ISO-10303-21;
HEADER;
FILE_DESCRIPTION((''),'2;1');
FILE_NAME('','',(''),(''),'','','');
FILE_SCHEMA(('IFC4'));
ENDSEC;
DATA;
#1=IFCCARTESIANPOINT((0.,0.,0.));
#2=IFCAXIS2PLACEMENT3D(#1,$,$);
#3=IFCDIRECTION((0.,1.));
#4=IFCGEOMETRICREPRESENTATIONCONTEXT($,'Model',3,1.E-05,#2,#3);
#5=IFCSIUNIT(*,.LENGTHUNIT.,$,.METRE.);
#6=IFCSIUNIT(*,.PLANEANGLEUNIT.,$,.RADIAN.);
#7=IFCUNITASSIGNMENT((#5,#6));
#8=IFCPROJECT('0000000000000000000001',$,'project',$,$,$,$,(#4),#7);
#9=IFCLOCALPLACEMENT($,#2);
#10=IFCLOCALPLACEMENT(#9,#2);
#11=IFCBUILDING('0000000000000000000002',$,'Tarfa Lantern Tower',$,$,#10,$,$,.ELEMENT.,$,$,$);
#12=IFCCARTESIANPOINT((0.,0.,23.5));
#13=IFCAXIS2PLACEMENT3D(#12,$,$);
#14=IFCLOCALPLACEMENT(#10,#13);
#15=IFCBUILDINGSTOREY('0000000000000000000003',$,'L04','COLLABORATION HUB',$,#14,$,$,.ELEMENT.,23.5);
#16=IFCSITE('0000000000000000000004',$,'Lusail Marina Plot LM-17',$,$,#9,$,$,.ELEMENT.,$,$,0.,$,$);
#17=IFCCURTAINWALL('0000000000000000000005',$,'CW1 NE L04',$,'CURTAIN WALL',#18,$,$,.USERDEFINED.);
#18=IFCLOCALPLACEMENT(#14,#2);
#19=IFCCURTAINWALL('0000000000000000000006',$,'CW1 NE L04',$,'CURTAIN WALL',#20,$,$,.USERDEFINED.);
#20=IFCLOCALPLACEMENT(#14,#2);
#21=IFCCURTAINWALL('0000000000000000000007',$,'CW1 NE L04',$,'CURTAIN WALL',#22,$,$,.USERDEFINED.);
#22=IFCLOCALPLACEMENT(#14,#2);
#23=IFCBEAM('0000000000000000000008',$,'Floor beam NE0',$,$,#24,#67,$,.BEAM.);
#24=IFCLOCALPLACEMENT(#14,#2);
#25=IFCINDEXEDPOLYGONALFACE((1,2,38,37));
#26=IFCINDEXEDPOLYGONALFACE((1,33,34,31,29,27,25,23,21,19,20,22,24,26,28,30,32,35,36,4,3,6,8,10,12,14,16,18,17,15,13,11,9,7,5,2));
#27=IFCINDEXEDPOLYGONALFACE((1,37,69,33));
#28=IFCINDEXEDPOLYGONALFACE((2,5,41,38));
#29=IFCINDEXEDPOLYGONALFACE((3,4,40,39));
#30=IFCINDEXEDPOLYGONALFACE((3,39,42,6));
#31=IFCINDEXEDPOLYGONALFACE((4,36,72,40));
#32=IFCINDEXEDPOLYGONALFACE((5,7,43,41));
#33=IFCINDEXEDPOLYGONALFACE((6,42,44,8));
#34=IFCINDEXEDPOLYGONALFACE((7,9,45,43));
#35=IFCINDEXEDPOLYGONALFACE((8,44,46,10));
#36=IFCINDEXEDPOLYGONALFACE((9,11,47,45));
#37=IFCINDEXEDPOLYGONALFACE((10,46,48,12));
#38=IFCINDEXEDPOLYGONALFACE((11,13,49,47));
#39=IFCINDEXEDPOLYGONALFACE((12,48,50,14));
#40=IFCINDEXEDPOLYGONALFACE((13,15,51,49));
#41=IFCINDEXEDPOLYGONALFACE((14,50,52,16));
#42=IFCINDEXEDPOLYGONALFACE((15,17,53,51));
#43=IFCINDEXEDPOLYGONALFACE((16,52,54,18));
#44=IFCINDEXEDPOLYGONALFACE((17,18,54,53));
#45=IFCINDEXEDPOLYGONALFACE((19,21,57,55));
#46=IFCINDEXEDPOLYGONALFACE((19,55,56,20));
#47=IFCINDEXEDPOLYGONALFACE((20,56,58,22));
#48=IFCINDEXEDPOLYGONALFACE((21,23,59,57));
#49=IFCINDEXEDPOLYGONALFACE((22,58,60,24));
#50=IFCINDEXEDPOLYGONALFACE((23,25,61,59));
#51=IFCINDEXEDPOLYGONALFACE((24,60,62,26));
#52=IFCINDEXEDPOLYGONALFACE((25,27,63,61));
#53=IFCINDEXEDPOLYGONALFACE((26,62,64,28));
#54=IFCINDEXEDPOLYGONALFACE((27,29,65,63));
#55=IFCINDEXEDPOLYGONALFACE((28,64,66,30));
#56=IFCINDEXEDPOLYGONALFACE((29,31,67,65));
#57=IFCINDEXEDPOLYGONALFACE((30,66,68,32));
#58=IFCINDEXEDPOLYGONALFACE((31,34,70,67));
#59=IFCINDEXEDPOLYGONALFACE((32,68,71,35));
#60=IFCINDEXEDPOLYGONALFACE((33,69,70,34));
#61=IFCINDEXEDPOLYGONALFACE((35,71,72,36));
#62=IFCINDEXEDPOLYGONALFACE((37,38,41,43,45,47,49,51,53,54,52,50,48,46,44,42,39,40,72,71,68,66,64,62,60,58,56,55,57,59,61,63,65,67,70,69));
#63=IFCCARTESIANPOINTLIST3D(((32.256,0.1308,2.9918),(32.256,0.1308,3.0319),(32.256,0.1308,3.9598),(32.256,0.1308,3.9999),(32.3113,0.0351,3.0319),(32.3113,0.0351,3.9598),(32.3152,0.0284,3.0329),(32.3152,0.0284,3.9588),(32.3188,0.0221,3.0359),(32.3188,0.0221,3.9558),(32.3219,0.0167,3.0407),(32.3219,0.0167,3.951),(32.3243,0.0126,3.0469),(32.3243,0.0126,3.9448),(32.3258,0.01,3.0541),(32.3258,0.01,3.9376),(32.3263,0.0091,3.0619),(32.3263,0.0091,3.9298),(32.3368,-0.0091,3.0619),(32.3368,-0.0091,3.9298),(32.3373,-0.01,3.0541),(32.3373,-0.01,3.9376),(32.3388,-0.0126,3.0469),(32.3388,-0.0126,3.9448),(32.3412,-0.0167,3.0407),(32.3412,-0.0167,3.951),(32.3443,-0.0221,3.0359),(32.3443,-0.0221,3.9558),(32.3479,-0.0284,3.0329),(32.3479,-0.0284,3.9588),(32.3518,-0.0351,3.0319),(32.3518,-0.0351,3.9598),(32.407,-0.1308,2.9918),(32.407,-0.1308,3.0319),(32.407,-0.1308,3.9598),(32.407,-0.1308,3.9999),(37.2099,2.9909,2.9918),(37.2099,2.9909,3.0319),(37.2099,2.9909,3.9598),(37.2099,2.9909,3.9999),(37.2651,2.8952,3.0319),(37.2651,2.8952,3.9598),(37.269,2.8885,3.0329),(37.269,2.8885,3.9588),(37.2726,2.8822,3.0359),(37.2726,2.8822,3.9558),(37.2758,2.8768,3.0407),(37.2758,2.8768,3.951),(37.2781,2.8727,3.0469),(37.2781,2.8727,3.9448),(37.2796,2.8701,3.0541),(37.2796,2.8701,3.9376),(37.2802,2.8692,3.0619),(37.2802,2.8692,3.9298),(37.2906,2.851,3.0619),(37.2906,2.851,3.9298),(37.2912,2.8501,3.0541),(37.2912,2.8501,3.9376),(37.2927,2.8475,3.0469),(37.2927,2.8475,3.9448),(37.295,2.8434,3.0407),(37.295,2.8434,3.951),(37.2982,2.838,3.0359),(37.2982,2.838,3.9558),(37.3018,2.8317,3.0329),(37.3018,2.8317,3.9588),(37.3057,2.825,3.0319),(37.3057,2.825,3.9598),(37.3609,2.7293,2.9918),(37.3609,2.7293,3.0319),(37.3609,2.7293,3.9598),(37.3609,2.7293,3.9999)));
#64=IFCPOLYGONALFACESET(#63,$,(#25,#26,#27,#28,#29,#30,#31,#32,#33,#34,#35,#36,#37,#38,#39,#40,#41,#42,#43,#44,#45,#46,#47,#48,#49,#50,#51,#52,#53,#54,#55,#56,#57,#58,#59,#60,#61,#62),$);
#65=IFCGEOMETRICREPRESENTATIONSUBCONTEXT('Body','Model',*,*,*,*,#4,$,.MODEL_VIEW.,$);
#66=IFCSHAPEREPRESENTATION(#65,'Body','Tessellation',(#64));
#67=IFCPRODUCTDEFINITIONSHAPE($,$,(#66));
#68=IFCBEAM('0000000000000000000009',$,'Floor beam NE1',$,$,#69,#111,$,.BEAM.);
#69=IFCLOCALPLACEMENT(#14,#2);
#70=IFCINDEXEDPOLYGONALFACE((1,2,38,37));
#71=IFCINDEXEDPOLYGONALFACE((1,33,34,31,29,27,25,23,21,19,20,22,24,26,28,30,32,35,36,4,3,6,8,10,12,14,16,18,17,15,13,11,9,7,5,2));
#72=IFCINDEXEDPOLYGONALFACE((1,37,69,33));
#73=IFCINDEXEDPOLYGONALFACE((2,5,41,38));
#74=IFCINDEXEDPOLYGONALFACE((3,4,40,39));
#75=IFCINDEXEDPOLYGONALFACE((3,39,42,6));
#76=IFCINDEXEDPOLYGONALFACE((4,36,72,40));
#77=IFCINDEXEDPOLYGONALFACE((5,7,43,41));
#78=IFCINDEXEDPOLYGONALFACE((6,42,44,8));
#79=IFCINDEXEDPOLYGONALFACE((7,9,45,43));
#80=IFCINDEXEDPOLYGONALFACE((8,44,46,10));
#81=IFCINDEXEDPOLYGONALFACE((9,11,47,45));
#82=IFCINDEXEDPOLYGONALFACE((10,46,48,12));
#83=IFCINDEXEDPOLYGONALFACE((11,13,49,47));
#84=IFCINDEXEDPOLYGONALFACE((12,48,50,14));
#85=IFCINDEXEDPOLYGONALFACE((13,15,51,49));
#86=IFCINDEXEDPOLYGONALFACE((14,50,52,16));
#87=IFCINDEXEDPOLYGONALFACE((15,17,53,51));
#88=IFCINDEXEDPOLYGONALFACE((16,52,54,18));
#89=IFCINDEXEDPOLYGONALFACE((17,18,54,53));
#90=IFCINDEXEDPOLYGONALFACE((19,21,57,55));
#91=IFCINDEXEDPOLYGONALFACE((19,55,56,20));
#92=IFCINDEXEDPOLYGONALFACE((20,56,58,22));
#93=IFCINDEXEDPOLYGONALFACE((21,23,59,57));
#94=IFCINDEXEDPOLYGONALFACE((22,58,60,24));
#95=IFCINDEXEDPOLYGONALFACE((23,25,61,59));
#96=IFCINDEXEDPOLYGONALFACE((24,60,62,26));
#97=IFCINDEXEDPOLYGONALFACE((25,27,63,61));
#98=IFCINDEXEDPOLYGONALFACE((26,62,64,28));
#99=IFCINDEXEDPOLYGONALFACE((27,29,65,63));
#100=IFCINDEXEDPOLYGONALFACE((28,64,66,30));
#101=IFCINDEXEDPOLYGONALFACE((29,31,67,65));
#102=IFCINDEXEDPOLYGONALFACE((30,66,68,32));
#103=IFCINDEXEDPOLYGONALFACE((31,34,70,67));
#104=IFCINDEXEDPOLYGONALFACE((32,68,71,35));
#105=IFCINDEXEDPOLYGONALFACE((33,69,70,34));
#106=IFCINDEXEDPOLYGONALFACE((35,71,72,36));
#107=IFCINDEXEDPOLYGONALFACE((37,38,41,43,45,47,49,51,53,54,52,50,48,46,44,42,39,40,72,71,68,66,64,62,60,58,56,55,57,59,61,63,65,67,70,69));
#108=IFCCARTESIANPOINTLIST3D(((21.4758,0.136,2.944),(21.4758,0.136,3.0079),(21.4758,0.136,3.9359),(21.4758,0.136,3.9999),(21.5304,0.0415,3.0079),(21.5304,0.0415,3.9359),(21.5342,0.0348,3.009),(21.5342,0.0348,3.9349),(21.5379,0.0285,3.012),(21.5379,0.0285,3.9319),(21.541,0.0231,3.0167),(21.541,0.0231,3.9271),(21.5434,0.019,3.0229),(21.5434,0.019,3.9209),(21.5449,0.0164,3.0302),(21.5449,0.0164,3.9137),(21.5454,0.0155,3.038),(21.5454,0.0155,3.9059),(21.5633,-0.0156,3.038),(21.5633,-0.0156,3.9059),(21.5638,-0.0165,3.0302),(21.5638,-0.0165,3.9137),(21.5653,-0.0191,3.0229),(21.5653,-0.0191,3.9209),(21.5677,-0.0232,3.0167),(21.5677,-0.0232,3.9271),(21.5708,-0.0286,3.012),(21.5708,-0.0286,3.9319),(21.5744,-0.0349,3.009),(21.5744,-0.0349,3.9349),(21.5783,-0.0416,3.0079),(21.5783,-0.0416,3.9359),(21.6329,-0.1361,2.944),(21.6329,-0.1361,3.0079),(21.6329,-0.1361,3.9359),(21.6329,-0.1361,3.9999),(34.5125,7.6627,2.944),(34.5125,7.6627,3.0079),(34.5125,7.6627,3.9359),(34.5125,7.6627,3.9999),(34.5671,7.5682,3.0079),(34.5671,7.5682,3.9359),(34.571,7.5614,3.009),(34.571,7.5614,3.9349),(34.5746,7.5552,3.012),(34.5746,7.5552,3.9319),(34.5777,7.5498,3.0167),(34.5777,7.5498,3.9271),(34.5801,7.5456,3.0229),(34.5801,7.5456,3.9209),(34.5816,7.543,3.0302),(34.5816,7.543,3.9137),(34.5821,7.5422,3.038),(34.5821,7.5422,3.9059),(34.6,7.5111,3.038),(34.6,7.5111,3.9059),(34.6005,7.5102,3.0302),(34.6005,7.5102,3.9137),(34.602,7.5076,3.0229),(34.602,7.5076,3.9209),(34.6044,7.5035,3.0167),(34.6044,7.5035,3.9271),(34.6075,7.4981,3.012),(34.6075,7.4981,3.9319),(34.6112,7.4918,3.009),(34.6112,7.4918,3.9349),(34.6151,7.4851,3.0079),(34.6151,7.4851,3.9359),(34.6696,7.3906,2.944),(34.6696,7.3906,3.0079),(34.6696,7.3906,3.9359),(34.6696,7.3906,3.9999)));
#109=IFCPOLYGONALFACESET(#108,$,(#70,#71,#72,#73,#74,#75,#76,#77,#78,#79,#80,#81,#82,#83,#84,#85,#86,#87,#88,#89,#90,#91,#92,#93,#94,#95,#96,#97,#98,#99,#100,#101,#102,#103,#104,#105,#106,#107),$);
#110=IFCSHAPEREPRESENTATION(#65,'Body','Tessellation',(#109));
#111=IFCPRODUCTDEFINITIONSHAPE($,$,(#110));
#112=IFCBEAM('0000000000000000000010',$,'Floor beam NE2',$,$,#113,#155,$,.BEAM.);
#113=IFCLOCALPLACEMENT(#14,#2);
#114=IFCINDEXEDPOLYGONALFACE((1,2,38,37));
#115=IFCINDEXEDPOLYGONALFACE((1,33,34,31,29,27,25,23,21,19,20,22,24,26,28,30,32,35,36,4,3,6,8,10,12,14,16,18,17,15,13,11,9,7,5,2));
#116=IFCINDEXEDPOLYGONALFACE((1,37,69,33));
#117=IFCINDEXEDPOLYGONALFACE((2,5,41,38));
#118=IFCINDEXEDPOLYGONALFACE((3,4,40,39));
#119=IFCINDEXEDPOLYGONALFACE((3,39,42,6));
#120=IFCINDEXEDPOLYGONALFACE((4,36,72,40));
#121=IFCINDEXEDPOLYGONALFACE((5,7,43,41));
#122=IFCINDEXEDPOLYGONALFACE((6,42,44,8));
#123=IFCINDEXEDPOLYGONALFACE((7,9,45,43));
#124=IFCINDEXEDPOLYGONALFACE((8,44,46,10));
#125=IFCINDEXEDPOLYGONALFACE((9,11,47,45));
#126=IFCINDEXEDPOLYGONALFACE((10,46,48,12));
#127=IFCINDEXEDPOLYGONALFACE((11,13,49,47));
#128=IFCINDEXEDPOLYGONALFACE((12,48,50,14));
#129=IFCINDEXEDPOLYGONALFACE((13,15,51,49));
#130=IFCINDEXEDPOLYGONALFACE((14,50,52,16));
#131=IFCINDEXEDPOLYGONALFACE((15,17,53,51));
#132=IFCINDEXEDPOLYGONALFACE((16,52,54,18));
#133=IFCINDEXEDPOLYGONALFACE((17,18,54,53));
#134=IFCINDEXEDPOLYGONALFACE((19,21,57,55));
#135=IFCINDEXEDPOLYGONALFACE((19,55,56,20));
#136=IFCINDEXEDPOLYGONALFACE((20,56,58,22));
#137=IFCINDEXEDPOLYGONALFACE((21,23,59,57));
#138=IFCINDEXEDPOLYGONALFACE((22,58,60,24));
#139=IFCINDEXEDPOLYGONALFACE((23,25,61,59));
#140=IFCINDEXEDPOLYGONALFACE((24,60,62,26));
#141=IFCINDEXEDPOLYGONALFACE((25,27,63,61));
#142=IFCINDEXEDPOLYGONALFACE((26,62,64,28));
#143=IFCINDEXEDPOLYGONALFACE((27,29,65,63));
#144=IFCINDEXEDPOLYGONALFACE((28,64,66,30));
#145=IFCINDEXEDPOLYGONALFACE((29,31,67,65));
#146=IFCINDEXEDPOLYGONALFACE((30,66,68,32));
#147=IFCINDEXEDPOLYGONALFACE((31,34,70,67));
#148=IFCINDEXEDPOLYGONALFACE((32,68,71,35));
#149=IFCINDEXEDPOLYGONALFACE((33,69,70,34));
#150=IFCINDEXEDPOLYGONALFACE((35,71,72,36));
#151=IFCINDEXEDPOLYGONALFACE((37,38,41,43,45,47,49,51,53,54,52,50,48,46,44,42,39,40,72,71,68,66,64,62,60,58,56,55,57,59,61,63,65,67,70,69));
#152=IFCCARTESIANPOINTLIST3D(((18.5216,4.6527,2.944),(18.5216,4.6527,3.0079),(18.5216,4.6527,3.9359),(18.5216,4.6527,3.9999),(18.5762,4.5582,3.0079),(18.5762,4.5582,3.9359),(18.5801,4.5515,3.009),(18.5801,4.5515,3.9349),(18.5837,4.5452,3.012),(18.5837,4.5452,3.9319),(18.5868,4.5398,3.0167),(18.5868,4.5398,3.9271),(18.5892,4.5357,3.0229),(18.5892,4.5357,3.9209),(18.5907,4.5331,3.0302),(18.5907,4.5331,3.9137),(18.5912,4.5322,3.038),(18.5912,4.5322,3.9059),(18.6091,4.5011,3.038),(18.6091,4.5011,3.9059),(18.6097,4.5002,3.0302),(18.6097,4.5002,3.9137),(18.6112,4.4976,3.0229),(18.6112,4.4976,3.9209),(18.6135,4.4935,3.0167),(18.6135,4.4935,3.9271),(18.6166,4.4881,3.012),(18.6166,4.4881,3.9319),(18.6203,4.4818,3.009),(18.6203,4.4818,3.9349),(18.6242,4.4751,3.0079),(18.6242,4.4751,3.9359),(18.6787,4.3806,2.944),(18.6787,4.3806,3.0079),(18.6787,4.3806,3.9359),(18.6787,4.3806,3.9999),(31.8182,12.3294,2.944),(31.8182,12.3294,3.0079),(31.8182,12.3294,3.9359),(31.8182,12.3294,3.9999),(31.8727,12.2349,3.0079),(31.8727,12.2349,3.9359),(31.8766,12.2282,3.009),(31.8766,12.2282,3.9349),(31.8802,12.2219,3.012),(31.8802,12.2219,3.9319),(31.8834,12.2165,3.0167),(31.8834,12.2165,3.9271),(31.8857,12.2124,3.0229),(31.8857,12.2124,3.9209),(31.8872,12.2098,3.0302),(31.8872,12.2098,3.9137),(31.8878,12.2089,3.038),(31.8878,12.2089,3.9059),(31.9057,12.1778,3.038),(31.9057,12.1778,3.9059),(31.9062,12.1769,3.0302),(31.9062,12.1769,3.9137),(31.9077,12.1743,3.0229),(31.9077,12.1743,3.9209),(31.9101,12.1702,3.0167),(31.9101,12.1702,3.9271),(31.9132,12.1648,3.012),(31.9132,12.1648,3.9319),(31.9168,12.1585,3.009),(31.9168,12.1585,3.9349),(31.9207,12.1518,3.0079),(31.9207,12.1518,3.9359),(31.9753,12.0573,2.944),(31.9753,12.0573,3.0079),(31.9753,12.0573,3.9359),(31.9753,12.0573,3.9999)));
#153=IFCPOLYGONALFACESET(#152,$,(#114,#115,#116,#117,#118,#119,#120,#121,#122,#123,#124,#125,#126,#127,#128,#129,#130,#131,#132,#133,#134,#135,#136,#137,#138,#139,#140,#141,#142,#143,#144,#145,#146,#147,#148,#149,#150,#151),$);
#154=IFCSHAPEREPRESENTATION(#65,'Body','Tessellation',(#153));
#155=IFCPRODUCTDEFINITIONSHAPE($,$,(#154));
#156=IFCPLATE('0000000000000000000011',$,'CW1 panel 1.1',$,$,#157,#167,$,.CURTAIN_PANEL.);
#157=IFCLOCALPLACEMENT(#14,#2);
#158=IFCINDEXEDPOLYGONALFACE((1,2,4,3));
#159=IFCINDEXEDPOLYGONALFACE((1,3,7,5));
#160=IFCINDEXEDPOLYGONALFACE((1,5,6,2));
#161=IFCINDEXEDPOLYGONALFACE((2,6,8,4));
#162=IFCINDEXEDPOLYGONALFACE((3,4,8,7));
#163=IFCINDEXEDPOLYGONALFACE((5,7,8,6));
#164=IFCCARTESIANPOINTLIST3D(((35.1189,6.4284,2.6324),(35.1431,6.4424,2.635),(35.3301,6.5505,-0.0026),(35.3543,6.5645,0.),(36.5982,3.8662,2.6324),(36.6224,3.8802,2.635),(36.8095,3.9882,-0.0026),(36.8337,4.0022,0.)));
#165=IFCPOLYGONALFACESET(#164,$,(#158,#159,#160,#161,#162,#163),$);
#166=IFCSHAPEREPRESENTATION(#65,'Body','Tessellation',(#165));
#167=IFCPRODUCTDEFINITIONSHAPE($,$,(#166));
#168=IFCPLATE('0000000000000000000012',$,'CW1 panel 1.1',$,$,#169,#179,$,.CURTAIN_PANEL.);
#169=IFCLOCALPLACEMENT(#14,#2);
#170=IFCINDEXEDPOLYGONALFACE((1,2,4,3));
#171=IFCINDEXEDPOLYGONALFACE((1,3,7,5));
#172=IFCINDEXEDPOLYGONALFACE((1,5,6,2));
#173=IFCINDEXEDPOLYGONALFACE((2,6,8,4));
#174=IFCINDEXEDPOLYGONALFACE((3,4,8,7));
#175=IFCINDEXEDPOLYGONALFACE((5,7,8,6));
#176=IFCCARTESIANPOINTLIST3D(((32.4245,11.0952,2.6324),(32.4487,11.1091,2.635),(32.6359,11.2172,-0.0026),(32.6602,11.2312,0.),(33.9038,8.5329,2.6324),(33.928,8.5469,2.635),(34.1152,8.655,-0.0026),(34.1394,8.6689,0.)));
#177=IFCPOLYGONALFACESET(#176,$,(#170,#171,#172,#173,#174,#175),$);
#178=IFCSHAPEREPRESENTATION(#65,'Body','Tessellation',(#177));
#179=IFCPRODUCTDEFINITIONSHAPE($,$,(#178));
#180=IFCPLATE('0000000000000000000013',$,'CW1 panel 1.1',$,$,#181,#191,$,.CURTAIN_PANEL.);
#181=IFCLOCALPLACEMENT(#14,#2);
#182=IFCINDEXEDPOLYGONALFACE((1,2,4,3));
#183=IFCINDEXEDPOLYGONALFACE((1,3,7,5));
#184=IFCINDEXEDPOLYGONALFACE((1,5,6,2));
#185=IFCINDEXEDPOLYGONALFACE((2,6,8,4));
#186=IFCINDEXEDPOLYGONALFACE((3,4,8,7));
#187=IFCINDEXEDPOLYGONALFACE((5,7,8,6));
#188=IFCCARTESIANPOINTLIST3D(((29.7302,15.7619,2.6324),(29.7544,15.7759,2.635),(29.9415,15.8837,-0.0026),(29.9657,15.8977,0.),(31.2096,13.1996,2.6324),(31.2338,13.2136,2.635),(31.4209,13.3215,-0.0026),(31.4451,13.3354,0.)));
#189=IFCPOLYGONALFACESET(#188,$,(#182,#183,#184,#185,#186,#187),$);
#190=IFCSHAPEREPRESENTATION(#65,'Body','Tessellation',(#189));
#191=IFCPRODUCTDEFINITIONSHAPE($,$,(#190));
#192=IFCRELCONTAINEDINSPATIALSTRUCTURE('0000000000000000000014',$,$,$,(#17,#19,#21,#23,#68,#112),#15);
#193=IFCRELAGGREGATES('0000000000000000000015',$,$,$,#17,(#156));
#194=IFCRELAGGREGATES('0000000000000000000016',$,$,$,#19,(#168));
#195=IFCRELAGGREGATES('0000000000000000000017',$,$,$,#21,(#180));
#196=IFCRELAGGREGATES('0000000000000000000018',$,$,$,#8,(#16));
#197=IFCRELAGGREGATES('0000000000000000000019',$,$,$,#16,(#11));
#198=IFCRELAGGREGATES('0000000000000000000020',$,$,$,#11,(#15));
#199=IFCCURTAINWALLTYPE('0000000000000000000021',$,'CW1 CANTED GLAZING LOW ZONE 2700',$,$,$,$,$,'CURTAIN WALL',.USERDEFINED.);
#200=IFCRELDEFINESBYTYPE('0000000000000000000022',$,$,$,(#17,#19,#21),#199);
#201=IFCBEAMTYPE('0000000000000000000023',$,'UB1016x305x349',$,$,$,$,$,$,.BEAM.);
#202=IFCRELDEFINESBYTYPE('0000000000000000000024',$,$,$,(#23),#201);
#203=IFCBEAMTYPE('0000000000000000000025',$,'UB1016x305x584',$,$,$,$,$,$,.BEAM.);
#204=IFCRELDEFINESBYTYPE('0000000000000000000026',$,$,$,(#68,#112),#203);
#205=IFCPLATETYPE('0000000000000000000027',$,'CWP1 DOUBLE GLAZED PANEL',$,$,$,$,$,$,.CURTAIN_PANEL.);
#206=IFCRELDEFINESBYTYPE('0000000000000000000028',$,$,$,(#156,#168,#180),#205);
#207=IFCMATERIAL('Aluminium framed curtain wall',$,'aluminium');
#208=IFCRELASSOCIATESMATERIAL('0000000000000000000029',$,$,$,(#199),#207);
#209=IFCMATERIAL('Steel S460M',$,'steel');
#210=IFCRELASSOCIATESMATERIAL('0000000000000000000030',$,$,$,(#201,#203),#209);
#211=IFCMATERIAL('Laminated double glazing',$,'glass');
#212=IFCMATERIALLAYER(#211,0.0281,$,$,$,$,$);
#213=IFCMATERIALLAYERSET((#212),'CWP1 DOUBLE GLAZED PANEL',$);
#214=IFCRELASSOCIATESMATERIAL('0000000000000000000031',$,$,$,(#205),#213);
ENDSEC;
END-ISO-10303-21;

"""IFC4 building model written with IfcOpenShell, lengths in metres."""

from ifc_helpers import new_model, si_unit, direction, frame, origin, origin_2d, place, context, subcontext, project, spatial, polyline, i_section, outline, extrude, material, layer, layer_set, material_profile, profile_set, type_object, element, aggregate, save


model = new_model("IFC4")

# Units and contexts
model_context = context("Model", 3, precision=1e-05, world=origin(), true_north=direction((0.0, 1.0)))
body_context = subcontext(model_context, "Body", "Model", "MODEL_VIEW")
ifc_project = project(units=[si_unit("LENGTHUNIT", "METRE"), si_unit("PLANEANGLEUNIT", "RADIAN")], contexts=[model_context])

# Site, building, storey
site_placement = place(None, origin())
site = spatial("IfcSite", under=ifc_project, at=site_placement, Name="Lusail Marina Plot LM-17", CompositionType="ELEMENT", RefElevation=0.0)
building_placement = place(site_placement, origin())
building = spatial("IfcBuilding", under=site, at=building_placement, Name="Tarfa Lantern Tower", CompositionType="ELEMENT")
storey_placement = place(building_placement, frame((0.0, 0.0, 23.5)))
storey = spatial("IfcBuildingStorey", under=building, at=storey_placement, Name="L04", Description="COLLABORATION HUB", CompositionType="ELEMENT", Elevation=23.5)

# Curtain walls
ifc_material_1 = material(Name="Aluminium framed curtain wall", Category="aluminium")
curtain_wall_type = type_object("IfcCurtainWallType", Name="CW1 CANTED GLAZING LOW ZONE 2700", ElementType="CURTAIN WALL", PredefinedType="USERDEFINED", material=ifc_material_1)
curtain_wall_1_placement = place(storey_placement, origin())
curtain_wall_1 = element("IfcCurtainWall", 1, at=curtain_wall_1_placement, inside=storey, type_object=curtain_wall_type, Name="CW1 NE L04", ObjectType="CURTAIN WALL", PredefinedType="USERDEFINED")
curtain_wall_2_placement = place(storey_placement, origin())
curtain_wall_2 = element("IfcCurtainWall", 2, at=curtain_wall_2_placement, inside=storey, type_object=curtain_wall_type, Name="CW1 NE L04", ObjectType="CURTAIN WALL", PredefinedType="USERDEFINED")
curtain_wall_3_placement = place(storey_placement, origin())
curtain_wall_3 = element("IfcCurtainWall", 3, at=curtain_wall_3_placement, inside=storey, type_object=curtain_wall_type, Name="CW1 NE L04", ObjectType="CURTAIN WALL", PredefinedType="USERDEFINED")

# Beams
ifc_material_2 = material(Name="Steel S460M", Category="steel")
ifc_material_profile_1 = material_profile(ifc_material_2, i_section(OverallWidth=0.302, OverallDepth=1.0081, WebThickness=0.021, FlangeThickness=0.04, FilletRadius=0.03, at=origin_2d()), Name="UB1016x305x349")
ifc_profile_set_1 = profile_set([ifc_material_profile_1], Name="Steel S460M")
beam_type_1 = type_object("IfcBeamType", Name="UB1016x305x349", PredefinedType="BEAM", material=ifc_profile_set_1)
beam_1_placement = place(storey_placement, frame((37.2854, 2.8601, 3.4958), z_axis=(-0.866026, -0.5, 0.0), x_axis=(0.5, -0.866026, 0.0)))
element("IfcBeam", 4, at=beam_1_placement, inside=storey, type_object=beam_type_1, Name="Floor beam NE0", PredefinedType="BEAM", context=body_context, shape_type="SweptSolid", body=[
    extrude(i_section(OverallWidth=0.302, OverallDepth=1.0081, WebThickness=0.021, FlangeThickness=0.04, FilletRadius=0.03, at=origin_2d()), origin(), (0.0, 0.0, 1.0), 5.7202),
])
ifc_material_profile_2 = material_profile(ifc_material_2, i_section(OverallWidth=0.3142, OverallDepth=1.0559, WebThickness=0.0359, FlangeThickness=0.064, FilletRadius=0.03, at=origin_2d()), Name="UB1016x305x584")
ifc_profile_set_2 = profile_set([ifc_material_profile_2], Name="Steel S460M")
beam_type_2 = type_object("IfcBeamType", Name="UB1016x305x584", PredefinedType="BEAM", material=ifc_profile_set_2)
beam_2_placement = place(storey_placement, frame((34.5911, 7.5266, 3.4719), z_axis=(-0.866028, -0.499996, 0.0), x_axis=(0.499996, -0.866028, 0.0)))
element("IfcBeam", 5, at=beam_2_placement, inside=storey, type_object=beam_type_2, Name="Floor beam NE1", PredefinedType="BEAM", context=body_context, shape_type="SweptSolid", body=[
    extrude(i_section(OverallWidth=0.3142, OverallDepth=1.0559, WebThickness=0.0359, FlangeThickness=0.064, FilletRadius=0.03, at=origin_2d()), origin(), (0.0, 0.0, 1.0), 15.0535),
])
beam_3_placement = place(storey_placement, frame((31.8967, 12.1934, 3.4719), z_axis=(-0.866027, -0.499997, 0.0), x_axis=(0.499997, -0.866027, 0.0)))
element("IfcBeam", 6, at=beam_3_placement, inside=storey, type_object=beam_type_2, Name="Floor beam NE2", PredefinedType="BEAM", context=body_context, shape_type="SweptSolid", body=[
    extrude(i_section(OverallWidth=0.3142, OverallDepth=1.0559, WebThickness=0.0359, FlangeThickness=0.064, FilletRadius=0.03, at=origin_2d()), origin(), (0.0, 0.0, 1.0), 15.3535),
])

# Plates
ifc_material_3 = material(Name="Laminated double glazing", Category="glass")
ifc_layer_1 = layer(ifc_material_3, 0.0281)
ifc_layer_set_1 = layer_set([ifc_layer_1], Name="CWP1 DOUBLE GLAZED PANEL")
plate_type = type_object("IfcPlateType", Name="CWP1 DOUBLE GLAZED PANEL", PredefinedType="CURTAIN_PANEL", material=ifc_layer_set_1)
plate_1_placement = place(storey_placement, frame((36.8337, 4.0022, 0.0), z_axis=(0.862328, 0.497882, 0.092216), x_axis=(-0.500013, 0.866018, 0.000003)))
plate_1 = element("IfcPlate", 7, at=plate_1_placement, type_object=plate_type, Name="CW1 panel 1.1", PredefinedType="CURTAIN_PANEL", context=body_context, shape_type="SweptSolid", body=[
    extrude(outline(polyline([(0.0, 0.0), (2.9587, 0.0), (2.9586, 2.6463), (0.0, 2.6463), (0.0, 0.0)])), origin(), (0.0, 0.0, -1.0), 0.0281),
])
aggregate(curtain_wall_1, [plate_1])
plate_2_placement = place(storey_placement, frame((34.1394, 8.6689, 0.0), z_axis=(0.862342, 0.49785, 0.092255), x_axis=(-0.499982, 0.866036, 0.0)))
plate_2 = element("IfcPlate", 8, at=plate_2_placement, type_object=plate_type, Name="CW1 panel 1.1", PredefinedType="CURTAIN_PANEL", context=body_context, shape_type="SweptSolid", body=[
    extrude(outline(polyline([(0.0, 0.0), (2.9586, 0.0), (2.9586, 2.6463), (0.0, 2.6463), (0.0, 0.0)])), origin(), (0.0, 0.0, -1.0), 0.0281),
])
aggregate(curtain_wall_2, [plate_2])
plate_3_placement = place(storey_placement, frame((31.4451, 13.3354, 0.0), z_axis=(0.862332, 0.497885, 0.09217), x_axis=(-0.500013, 0.866018, -0.000003)))
plate_3 = element("IfcPlate", 9, at=plate_3_placement, type_object=plate_type, Name="CW1 panel 1.1", PredefinedType="CURTAIN_PANEL", context=body_context, shape_type="SweptSolid", body=[
    extrude(outline(polyline([(0.0, 0.0), (2.9586, 0.0), (2.9588, 2.6463), (0.0001, 2.6463), (0.0, 0.0)])), origin(), (0.0, 0.0, -1.0), 0.0281),
])
aggregate(curtain_wall_3, [plate_3])

save(model, "model.ifc")
